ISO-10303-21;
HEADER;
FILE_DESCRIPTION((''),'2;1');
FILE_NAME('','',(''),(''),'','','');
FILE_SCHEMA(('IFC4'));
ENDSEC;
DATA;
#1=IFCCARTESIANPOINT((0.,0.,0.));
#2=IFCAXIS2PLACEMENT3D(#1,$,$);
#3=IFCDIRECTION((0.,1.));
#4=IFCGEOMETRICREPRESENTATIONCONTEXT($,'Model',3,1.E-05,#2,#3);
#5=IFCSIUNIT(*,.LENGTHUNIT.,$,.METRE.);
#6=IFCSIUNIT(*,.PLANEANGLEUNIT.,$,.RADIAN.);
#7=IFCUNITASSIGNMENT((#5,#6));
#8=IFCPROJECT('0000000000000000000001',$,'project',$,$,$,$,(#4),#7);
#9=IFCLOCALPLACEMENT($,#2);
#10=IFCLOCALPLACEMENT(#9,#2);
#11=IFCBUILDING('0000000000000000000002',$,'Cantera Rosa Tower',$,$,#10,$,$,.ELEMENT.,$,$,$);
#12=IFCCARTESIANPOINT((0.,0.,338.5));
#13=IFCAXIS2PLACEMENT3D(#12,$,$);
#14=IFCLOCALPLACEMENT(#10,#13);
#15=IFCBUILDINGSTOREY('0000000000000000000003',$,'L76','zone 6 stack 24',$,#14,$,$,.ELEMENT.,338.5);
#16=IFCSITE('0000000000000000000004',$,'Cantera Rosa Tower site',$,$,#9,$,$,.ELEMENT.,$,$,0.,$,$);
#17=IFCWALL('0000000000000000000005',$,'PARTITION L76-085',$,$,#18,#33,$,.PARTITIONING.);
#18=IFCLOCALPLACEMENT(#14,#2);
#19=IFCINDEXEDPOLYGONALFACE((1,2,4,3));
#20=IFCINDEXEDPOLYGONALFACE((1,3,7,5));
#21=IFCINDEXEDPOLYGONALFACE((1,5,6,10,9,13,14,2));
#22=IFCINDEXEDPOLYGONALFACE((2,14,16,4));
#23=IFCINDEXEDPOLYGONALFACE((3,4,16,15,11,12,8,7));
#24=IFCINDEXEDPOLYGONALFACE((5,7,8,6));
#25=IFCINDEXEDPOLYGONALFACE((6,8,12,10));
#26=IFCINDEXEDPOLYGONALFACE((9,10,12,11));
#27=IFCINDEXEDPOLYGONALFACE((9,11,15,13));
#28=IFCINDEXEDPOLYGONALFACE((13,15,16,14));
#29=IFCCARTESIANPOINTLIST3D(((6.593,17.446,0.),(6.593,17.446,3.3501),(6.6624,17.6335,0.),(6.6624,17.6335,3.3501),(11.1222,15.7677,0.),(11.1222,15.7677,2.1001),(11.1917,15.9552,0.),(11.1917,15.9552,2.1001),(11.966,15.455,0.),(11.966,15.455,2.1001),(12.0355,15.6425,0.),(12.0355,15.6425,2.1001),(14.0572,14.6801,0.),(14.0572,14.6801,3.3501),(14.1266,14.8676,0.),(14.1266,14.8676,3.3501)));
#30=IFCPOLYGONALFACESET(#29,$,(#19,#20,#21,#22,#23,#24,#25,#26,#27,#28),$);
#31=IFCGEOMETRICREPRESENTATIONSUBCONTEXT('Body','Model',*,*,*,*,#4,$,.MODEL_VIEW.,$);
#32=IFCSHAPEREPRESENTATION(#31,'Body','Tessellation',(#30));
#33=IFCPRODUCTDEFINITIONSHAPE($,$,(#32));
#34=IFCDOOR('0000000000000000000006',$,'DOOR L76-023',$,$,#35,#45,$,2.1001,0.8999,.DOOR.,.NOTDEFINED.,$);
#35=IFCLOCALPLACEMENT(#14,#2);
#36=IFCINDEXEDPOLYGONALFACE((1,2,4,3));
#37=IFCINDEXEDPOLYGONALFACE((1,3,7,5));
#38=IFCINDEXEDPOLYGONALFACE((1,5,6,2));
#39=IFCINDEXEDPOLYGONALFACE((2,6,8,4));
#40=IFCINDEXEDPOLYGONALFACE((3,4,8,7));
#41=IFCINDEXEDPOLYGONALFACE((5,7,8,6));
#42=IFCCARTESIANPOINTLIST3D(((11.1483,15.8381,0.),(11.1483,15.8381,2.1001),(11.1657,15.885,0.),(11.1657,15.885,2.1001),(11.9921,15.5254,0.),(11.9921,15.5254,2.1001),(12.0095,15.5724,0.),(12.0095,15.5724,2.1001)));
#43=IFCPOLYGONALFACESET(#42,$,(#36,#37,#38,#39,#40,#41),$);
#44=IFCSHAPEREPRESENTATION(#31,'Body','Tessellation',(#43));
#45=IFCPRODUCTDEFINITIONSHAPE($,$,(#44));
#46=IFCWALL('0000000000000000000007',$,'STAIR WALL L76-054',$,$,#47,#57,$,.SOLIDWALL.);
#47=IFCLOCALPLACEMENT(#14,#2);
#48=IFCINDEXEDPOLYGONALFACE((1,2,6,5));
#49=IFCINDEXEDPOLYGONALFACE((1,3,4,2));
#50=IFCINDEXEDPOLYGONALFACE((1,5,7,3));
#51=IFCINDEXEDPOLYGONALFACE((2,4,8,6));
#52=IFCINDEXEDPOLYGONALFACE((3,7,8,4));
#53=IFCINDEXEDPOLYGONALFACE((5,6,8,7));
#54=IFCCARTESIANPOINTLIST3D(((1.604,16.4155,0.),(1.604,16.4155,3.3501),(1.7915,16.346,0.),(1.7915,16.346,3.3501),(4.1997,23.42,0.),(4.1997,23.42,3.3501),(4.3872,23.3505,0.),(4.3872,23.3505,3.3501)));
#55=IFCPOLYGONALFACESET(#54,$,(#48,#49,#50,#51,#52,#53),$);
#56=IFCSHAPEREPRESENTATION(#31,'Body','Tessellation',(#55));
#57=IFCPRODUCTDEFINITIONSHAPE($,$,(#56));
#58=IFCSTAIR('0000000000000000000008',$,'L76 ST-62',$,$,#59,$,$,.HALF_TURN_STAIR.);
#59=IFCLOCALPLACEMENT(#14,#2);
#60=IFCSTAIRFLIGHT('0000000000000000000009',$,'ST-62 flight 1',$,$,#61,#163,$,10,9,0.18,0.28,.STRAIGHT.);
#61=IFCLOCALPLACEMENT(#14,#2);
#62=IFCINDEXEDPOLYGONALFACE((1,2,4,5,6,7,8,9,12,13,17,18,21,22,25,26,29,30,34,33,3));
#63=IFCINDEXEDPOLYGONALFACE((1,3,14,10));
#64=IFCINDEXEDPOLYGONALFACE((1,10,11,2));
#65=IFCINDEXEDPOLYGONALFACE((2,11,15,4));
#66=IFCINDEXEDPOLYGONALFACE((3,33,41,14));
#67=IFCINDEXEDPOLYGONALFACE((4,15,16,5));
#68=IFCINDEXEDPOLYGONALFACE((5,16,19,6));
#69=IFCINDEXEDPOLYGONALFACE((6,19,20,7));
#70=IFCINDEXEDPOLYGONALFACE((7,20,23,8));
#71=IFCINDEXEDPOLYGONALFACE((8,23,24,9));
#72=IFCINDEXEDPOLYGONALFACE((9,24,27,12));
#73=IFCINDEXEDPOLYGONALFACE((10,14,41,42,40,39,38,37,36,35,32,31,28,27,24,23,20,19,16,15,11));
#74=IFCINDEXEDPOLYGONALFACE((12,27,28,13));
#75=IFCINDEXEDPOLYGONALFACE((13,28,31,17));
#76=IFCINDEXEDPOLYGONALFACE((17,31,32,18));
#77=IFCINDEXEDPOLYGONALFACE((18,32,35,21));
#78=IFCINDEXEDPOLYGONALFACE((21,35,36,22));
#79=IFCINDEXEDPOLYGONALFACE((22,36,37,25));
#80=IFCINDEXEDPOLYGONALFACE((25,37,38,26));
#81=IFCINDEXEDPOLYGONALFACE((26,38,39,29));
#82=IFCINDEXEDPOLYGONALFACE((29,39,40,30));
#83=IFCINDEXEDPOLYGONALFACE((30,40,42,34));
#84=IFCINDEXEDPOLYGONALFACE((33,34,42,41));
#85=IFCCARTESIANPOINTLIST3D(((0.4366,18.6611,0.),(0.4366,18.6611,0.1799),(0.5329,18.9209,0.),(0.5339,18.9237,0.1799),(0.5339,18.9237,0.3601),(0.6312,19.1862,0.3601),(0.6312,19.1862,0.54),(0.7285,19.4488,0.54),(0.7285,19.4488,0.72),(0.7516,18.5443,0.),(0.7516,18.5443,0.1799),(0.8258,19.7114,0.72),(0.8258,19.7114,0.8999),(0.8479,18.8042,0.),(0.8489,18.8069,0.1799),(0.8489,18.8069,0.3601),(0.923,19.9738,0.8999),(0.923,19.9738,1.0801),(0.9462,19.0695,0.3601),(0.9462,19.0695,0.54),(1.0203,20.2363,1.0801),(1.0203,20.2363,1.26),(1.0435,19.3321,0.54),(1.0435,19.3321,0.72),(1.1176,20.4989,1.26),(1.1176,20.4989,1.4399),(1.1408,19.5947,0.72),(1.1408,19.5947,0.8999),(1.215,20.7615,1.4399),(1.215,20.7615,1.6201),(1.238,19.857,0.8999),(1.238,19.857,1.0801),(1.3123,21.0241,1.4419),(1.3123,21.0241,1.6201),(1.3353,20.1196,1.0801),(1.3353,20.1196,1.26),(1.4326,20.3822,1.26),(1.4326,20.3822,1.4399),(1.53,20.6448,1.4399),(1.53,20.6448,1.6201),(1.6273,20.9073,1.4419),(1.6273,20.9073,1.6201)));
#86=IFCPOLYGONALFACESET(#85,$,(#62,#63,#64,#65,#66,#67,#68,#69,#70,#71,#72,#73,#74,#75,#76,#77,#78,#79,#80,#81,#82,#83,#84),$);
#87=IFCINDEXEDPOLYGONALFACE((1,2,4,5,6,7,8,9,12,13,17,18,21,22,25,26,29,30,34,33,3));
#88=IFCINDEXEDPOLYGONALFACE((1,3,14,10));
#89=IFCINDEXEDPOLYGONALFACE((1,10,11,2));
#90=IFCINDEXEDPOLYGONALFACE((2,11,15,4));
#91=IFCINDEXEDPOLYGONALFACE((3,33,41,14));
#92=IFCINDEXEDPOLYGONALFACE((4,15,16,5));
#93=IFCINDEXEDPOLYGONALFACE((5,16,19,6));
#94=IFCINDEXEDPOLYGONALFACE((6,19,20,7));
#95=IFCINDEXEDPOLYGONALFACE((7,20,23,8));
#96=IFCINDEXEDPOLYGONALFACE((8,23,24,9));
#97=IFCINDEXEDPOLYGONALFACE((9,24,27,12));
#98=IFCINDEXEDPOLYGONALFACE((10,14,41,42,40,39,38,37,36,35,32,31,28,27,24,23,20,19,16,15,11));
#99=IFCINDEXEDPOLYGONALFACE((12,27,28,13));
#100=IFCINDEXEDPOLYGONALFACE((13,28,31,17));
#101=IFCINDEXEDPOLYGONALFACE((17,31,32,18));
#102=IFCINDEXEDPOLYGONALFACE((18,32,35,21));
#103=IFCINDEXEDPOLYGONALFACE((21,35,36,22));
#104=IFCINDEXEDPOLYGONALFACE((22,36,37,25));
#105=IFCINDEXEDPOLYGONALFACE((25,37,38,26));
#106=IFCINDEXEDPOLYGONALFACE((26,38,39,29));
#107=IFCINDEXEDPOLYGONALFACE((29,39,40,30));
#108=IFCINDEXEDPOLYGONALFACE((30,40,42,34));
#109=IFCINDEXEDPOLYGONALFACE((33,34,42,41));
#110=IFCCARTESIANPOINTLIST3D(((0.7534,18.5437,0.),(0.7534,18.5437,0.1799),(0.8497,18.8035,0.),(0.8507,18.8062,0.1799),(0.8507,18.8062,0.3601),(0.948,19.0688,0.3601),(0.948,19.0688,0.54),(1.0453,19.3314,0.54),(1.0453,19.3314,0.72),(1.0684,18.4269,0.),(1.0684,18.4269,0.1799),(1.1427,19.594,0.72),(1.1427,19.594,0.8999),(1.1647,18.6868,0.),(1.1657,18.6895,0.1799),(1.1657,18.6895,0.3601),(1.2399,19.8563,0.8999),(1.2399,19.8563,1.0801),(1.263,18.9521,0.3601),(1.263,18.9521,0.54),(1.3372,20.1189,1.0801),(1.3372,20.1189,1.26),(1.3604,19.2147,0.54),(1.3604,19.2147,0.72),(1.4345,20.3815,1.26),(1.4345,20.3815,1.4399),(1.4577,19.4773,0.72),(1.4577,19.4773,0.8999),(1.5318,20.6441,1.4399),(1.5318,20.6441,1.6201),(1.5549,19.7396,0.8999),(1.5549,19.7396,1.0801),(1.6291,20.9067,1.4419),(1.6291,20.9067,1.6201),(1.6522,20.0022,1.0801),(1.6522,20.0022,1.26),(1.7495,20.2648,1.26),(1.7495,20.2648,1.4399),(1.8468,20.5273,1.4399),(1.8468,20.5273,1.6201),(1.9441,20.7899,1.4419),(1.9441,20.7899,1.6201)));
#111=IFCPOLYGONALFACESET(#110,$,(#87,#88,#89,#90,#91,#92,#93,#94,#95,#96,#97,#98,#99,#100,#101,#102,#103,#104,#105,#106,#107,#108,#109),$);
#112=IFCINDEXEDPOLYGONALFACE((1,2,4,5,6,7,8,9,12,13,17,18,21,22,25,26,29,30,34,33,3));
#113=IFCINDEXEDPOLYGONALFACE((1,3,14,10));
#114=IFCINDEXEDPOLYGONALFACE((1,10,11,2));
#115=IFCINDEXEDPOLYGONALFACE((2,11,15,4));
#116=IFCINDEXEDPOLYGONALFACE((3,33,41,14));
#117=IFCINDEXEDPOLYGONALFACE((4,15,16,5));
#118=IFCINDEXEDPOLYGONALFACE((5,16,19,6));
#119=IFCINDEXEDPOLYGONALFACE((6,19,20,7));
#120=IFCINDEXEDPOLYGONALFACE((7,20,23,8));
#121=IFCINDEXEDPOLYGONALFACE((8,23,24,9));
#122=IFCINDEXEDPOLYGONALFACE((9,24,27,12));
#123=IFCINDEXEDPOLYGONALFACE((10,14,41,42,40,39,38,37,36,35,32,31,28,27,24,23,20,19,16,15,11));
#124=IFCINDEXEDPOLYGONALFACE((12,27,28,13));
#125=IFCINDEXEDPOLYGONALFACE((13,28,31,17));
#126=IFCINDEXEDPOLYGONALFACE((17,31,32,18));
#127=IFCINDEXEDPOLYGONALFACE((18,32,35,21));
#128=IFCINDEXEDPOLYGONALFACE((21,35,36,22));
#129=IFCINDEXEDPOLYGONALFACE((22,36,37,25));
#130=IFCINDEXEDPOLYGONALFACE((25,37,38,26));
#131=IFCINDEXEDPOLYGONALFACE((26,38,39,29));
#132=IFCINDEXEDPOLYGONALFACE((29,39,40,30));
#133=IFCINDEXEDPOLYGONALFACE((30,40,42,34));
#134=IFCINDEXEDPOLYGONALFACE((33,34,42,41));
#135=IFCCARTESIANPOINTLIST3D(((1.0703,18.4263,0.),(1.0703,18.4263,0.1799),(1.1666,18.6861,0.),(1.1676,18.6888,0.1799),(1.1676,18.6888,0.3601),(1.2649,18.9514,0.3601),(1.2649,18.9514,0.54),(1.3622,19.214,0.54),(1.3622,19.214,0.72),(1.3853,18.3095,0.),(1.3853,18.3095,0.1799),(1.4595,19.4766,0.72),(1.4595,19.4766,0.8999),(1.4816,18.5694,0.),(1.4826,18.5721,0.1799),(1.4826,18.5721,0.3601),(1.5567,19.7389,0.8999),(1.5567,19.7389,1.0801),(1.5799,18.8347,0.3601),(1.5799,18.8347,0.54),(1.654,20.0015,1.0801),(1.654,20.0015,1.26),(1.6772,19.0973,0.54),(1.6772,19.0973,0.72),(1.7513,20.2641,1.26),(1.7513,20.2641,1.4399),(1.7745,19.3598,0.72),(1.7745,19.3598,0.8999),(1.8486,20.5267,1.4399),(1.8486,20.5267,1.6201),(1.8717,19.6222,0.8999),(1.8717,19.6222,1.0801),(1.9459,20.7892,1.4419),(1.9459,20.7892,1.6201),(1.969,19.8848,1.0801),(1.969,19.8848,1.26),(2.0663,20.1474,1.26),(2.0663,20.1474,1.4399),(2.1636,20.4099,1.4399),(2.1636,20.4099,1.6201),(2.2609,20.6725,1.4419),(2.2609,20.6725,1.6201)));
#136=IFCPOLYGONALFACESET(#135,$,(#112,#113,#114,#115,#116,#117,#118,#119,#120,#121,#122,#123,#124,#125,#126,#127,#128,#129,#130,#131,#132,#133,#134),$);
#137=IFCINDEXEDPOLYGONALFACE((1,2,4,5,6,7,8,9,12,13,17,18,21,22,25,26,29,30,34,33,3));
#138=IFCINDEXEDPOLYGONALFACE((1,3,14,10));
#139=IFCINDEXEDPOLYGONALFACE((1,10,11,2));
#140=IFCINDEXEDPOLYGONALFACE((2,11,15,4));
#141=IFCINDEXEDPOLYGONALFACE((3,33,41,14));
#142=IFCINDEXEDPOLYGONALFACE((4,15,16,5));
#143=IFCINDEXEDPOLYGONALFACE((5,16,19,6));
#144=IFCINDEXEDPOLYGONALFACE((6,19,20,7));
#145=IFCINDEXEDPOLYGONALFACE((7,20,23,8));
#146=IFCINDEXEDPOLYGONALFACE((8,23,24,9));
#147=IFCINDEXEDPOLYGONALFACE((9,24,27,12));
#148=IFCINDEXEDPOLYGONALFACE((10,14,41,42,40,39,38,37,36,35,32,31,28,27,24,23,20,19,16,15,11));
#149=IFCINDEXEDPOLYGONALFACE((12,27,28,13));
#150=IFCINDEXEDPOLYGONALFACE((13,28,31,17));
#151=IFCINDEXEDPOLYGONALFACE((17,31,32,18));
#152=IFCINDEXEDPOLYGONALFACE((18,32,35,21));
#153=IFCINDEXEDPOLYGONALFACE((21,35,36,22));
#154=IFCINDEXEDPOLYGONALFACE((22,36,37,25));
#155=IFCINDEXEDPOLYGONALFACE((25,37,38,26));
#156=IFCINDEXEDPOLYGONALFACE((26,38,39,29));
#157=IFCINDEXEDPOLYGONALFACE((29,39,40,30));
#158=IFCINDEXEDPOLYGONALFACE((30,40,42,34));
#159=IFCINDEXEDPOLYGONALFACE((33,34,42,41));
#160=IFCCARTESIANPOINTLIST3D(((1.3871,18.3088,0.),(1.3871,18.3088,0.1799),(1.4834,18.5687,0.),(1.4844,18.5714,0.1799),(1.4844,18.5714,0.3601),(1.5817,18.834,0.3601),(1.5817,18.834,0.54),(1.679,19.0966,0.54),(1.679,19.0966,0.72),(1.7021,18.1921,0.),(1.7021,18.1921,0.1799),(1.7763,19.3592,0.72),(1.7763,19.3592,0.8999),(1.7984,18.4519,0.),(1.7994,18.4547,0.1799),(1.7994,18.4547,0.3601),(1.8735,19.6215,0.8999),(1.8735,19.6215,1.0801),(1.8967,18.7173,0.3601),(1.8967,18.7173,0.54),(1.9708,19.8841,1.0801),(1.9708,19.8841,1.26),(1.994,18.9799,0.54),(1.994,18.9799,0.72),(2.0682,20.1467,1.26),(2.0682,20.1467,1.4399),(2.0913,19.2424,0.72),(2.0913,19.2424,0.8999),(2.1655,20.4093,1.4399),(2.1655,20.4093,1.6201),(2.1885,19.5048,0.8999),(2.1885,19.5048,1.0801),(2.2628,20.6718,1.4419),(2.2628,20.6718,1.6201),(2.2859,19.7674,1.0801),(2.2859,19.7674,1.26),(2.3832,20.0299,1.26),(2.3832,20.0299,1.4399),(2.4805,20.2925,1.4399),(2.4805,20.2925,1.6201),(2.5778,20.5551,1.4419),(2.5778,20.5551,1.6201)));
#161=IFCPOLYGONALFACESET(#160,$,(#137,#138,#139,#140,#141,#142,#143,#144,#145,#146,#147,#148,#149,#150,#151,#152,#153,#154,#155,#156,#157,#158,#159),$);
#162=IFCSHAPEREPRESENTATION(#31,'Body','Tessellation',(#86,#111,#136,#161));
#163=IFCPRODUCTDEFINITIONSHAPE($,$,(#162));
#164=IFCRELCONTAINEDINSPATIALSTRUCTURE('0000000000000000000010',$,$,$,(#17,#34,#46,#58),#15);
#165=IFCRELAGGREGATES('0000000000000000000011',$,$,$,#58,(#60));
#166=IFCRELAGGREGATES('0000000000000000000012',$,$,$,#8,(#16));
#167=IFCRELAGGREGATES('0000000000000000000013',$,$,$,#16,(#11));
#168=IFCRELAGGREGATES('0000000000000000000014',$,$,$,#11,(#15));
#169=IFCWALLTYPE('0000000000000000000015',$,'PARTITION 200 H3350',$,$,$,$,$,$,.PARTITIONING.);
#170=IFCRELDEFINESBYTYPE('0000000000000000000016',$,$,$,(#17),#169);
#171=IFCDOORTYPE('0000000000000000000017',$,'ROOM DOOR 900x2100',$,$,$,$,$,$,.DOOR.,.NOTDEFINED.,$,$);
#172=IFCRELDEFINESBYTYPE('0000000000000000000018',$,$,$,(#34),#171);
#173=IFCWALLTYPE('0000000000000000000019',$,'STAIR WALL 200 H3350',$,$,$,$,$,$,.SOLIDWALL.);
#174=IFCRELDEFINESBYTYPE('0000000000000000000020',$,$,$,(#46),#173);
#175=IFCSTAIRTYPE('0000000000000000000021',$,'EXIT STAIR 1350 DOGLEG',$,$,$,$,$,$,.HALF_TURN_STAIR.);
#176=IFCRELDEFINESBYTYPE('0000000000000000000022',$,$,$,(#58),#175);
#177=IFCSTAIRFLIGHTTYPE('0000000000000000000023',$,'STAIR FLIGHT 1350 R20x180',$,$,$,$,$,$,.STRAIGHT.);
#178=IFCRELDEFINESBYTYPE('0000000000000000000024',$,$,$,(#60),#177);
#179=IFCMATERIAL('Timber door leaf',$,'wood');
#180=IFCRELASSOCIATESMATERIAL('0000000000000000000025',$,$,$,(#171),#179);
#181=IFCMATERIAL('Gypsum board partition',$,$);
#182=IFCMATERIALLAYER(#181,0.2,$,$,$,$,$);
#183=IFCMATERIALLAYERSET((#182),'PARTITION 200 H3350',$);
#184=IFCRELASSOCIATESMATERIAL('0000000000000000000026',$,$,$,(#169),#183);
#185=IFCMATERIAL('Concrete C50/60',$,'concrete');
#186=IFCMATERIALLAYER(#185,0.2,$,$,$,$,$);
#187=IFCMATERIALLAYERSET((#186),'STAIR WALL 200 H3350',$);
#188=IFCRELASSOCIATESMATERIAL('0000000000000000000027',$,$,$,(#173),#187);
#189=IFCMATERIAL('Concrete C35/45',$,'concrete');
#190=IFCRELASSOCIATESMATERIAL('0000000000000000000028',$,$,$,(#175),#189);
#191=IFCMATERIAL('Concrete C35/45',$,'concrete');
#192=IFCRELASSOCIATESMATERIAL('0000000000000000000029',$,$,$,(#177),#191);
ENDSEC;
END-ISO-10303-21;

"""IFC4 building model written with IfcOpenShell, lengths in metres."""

from ifc_helpers import new_model, si_unit, direction, frame, frame_2d, origin, place, context, subcontext, project, spatial, polyline, rectangle, outline, extrude, material, layer, layer_set, type_object, element, fill, aggregate, save


model = new_model("IFC4")

# Units and contexts
model_context = context("Model", 3, precision=1e-05, world=origin(), true_north=direction((0.0, 1.0)))
body_context = subcontext(model_context, "Body", "Model", "MODEL_VIEW")
ifc_project = project(units=[si_unit("LENGTHUNIT", "METRE"), si_unit("PLANEANGLEUNIT", "RADIAN")], contexts=[model_context])

# Site, building, storey
site_placement = place(None, origin())
site = spatial("IfcSite", under=ifc_project, at=site_placement, Name="Cantera Rosa Tower site", CompositionType="ELEMENT", RefElevation=0.0)
building_placement = place(site_placement, origin())
building = spatial("IfcBuilding", under=site, at=building_placement, Name="Cantera Rosa Tower", CompositionType="ELEMENT")
storey_placement = place(building_placement, frame((0.0, 0.0, 338.5)))
storey = spatial("IfcBuildingStorey", under=building, at=storey_placement, Name="L76", Description="zone 6 stack 24", CompositionType="ELEMENT", Elevation=338.5)

# Shared definitions
ifc_material_1 = material(Name="Timber door leaf", Category="wood")
door_type_1 = type_object("IfcDoorType", Name="ROOM DOOR 900x2100", OperationType="NOTDEFINED", PredefinedType="DOOR", material=ifc_material_1)

# Wall, opening, door
ifc_material_2 = material(Name="Gypsum board partition")
ifc_layer_1 = layer(ifc_material_2, 0.2)
ifc_layer_set_1 = layer_set([ifc_layer_1], Name="PARTITION 200 H3350")
wall_type_1 = type_object("IfcWallType", Name="PARTITION 200 H3350", PredefinedType="PARTITIONING", material=ifc_layer_set_1)
wall_1_placement = place(storey_placement, frame((14.0918, 14.7739, 0.0), z_axis=(0.0, 0.0, 1.0), x_axis=(-0.937692, 0.347467, 0.0)))
wall_1 = element("IfcWall", 1, at=wall_1_placement, inside=storey, type_object=wall_type_1, Name="PARTITION L76-085", PredefinedType="PARTITIONING", context=body_context, shape_type="SweptSolid", body=[
    extrude(rectangle(XDim=7.9602, YDim=0.2, at=frame_2d((3.98, 0.0))), origin(), (0.0, 0.0, 1.0), 3.3501),
])
opening_1_placement = place(wall_1_placement, frame((2.23, 0.0, 0.0)))
opening_1 = element("IfcOpeningElement", 2, at=opening_1_placement, cuts=wall_1, PredefinedType="OPENING", context=body_context, shape_type="SweptSolid", body=[
    extrude(rectangle(XDim=0.8999, YDim=2.1001, at=frame_2d((0.45, 1.05))), frame((0.0, 0.1099, 0.0), z_axis=(0.0, -1.0, 0.0), x_axis=(1.0, 0.0, 0.0)), (0.0, 0.0, 1.0), 0.22),
])
door_1_placement = place(opening_1_placement, origin())
door_1 = element("IfcDoor", 3, at=door_1_placement, inside=storey, type_object=door_type_1, Name="DOOR L76-023", OperationType="NOTDEFINED", OverallHeight=2.1001, OverallWidth=0.8999, PredefinedType="DOOR", context=body_context, shape_type="SweptSolid", body=[
    extrude(rectangle(XDim=0.8999, YDim=2.1001, at=frame_2d((0.45, 1.05))), frame((0.0, 0.0249, 0.0), z_axis=(0.0, -1.0, 0.0), x_axis=(1.0, 0.0, 0.0)), (0.0, 0.0, 1.0), 0.05),
])
fill(opening_1, door_1)

# Wall
ifc_material_3 = material(Name="Concrete C50/60", Category="concrete")
ifc_layer_2 = layer(ifc_material_3, 0.2)
ifc_layer_set_2 = layer_set([ifc_layer_2], Name="STAIR WALL 200 H3350")
wall_type_2 = type_object("IfcWallType", Name="STAIR WALL 200 H3350", PredefinedType="SOLIDWALL", material=ifc_layer_set_2)
wall_2_placement = place(storey_placement, frame((1.6978, 16.3809, 0.0), z_axis=(0.0, 0.0, 1.0), x_axis=(0.347489, 0.937684, 0.0)))
element("IfcWall", 4, at=wall_2_placement, inside=storey, type_object=wall_type_2, Name="STAIR WALL L76-054", PredefinedType="SOLIDWALL", context=body_context, shape_type="SweptSolid", body=[
    extrude(rectangle(XDim=7.47, YDim=0.2, at=frame_2d((3.7349, 0.0))), origin(), (0.0, 0.0, 1.0), 3.3501),
])

# Stair, stair flight
ifc_material_4 = material(Name="Concrete C35/45", Category="concrete")
stair_type = type_object("IfcStairType", Name="EXIT STAIR 1350 DOGLEG", PredefinedType="HALF_TURN_STAIR", material=ifc_material_4)
stair_placement = place(storey_placement, origin())
stair = element("IfcStair", 5, at=stair_placement, inside=storey, type_object=stair_type, Name="L76 ST-62", PredefinedType="HALF_TURN_STAIR")
ifc_material_5 = material(Name="Concrete C35/45", Category="concrete")
stair_flight_type = type_object("IfcStairFlightType", Name="STAIR FLIGHT 1350 R20x180", PredefinedType="STRAIGHT", material=ifc_material_5)
stair_flight_1_placement = place(storey_placement, frame((1.0696, 18.4265, 0.0), z_axis=(0.0, 0.0, 1.0), x_axis=(0.347481, 0.937687, 0.0)))
stair_flight_1 = element("IfcStairFlight", 6, at=stair_flight_1_placement, type_object=stair_flight_type, Name="ST-62 flight 1", NumberOfRisers=10, NumberOfTreads=9, PredefinedType="STRAIGHT", RiserHeight=0.18, TreadLength=0.28, context=body_context, shape_type="SweptSolid", body=[
    extrude(outline(polyline([(0.0, 0.0), (0.0, 0.1799), (0.28, 0.1799), (0.28, 0.3601), (0.5601, 0.3601), (0.5601, 0.54), (0.8401, 0.54), (0.8401, 0.72), (1.1201, 0.72), (1.1201, 0.8999), (1.3999, 0.8999), (1.3999, 1.0801), (1.6799, 1.0801), (1.6799, 1.26), (1.96, 1.26), (1.96, 1.4399), (2.24, 1.4399), (2.24, 1.6201), (2.52, 1.6201), (2.52, 1.8), (2.52, 1.4419), (0.2771, 0.0), (0.0, 0.0)])), frame((0.0, 0.675, 0.0), z_axis=(0.0, -1.0, 0.0), x_axis=(1.0, 0.0, 0.0)), (0.0, 0.0, 1.0), 0.3359),
    extrude(outline(polyline([(0.0, 0.0), (0.0, 0.1799), (0.28, 0.1799), (0.28, 0.3601), (0.5601, 0.3601), (0.5601, 0.54), (0.8401, 0.54), (0.8401, 0.72), (1.1201, 0.72), (1.1201, 0.8999), (1.3999, 0.8999), (1.3999, 1.0801), (1.6799, 1.0801), (1.6799, 1.26), (1.96, 1.26), (1.96, 1.4399), (2.24, 1.4399), (2.24, 1.6201), (2.52, 1.6201), (2.52, 1.8), (2.52, 1.4419), (0.2771, 0.0), (0.0, 0.0)])), frame((0.0, 0.3372, 0.0), z_axis=(0.0, -1.0, 0.0), x_axis=(1.0, 0.0, 0.0)), (0.0, 0.0, 1.0), 0.3359),
    extrude(outline(polyline([(0.0, 0.0), (0.0, 0.1799), (0.28, 0.1799), (0.28, 0.3601), (0.5601, 0.3601), (0.5601, 0.54), (0.8401, 0.54), (0.8401, 0.72), (1.1201, 0.72), (1.1201, 0.8999), (1.3999, 0.8999), (1.3999, 1.0801), (1.6799, 1.0801), (1.6799, 1.26), (1.96, 1.26), (1.96, 1.4399), (2.24, 1.4399), (2.24, 1.6201), (2.52, 1.6201), (2.52, 1.8), (2.52, 1.4419), (0.2771, 0.0), (0.0, 0.0)])), frame((0.0, -0.0007, 0.0), z_axis=(0.0, -1.0, 0.0), x_axis=(1.0, 0.0, 0.0)), (0.0, 0.0, 1.0), 0.3359),
    extrude(outline(polyline([(0.0, 0.0), (0.0, 0.1799), (0.28, 0.1799), (0.28, 0.3601), (0.5601, 0.3601), (0.5601, 0.54), (0.8401, 0.54), (0.8401, 0.72), (1.1201, 0.72), (1.1201, 0.8999), (1.3999, 0.8999), (1.3999, 1.0801), (1.6799, 1.0801), (1.6799, 1.26), (1.96, 1.26), (1.96, 1.4399), (2.24, 1.4399), (2.24, 1.6201), (2.52, 1.6201), (2.52, 1.8), (2.52, 1.4419), (0.2771, 0.0), (0.0, 0.0)])), frame((0.0, -0.3386, 0.0), z_axis=(0.0, -1.0, 0.0), x_axis=(1.0, 0.0, 0.0)), (0.0, 0.0, 1.0), 0.3359),
])
aggregate(stair, [stair_flight_1])

save(model, "model.ifc")
